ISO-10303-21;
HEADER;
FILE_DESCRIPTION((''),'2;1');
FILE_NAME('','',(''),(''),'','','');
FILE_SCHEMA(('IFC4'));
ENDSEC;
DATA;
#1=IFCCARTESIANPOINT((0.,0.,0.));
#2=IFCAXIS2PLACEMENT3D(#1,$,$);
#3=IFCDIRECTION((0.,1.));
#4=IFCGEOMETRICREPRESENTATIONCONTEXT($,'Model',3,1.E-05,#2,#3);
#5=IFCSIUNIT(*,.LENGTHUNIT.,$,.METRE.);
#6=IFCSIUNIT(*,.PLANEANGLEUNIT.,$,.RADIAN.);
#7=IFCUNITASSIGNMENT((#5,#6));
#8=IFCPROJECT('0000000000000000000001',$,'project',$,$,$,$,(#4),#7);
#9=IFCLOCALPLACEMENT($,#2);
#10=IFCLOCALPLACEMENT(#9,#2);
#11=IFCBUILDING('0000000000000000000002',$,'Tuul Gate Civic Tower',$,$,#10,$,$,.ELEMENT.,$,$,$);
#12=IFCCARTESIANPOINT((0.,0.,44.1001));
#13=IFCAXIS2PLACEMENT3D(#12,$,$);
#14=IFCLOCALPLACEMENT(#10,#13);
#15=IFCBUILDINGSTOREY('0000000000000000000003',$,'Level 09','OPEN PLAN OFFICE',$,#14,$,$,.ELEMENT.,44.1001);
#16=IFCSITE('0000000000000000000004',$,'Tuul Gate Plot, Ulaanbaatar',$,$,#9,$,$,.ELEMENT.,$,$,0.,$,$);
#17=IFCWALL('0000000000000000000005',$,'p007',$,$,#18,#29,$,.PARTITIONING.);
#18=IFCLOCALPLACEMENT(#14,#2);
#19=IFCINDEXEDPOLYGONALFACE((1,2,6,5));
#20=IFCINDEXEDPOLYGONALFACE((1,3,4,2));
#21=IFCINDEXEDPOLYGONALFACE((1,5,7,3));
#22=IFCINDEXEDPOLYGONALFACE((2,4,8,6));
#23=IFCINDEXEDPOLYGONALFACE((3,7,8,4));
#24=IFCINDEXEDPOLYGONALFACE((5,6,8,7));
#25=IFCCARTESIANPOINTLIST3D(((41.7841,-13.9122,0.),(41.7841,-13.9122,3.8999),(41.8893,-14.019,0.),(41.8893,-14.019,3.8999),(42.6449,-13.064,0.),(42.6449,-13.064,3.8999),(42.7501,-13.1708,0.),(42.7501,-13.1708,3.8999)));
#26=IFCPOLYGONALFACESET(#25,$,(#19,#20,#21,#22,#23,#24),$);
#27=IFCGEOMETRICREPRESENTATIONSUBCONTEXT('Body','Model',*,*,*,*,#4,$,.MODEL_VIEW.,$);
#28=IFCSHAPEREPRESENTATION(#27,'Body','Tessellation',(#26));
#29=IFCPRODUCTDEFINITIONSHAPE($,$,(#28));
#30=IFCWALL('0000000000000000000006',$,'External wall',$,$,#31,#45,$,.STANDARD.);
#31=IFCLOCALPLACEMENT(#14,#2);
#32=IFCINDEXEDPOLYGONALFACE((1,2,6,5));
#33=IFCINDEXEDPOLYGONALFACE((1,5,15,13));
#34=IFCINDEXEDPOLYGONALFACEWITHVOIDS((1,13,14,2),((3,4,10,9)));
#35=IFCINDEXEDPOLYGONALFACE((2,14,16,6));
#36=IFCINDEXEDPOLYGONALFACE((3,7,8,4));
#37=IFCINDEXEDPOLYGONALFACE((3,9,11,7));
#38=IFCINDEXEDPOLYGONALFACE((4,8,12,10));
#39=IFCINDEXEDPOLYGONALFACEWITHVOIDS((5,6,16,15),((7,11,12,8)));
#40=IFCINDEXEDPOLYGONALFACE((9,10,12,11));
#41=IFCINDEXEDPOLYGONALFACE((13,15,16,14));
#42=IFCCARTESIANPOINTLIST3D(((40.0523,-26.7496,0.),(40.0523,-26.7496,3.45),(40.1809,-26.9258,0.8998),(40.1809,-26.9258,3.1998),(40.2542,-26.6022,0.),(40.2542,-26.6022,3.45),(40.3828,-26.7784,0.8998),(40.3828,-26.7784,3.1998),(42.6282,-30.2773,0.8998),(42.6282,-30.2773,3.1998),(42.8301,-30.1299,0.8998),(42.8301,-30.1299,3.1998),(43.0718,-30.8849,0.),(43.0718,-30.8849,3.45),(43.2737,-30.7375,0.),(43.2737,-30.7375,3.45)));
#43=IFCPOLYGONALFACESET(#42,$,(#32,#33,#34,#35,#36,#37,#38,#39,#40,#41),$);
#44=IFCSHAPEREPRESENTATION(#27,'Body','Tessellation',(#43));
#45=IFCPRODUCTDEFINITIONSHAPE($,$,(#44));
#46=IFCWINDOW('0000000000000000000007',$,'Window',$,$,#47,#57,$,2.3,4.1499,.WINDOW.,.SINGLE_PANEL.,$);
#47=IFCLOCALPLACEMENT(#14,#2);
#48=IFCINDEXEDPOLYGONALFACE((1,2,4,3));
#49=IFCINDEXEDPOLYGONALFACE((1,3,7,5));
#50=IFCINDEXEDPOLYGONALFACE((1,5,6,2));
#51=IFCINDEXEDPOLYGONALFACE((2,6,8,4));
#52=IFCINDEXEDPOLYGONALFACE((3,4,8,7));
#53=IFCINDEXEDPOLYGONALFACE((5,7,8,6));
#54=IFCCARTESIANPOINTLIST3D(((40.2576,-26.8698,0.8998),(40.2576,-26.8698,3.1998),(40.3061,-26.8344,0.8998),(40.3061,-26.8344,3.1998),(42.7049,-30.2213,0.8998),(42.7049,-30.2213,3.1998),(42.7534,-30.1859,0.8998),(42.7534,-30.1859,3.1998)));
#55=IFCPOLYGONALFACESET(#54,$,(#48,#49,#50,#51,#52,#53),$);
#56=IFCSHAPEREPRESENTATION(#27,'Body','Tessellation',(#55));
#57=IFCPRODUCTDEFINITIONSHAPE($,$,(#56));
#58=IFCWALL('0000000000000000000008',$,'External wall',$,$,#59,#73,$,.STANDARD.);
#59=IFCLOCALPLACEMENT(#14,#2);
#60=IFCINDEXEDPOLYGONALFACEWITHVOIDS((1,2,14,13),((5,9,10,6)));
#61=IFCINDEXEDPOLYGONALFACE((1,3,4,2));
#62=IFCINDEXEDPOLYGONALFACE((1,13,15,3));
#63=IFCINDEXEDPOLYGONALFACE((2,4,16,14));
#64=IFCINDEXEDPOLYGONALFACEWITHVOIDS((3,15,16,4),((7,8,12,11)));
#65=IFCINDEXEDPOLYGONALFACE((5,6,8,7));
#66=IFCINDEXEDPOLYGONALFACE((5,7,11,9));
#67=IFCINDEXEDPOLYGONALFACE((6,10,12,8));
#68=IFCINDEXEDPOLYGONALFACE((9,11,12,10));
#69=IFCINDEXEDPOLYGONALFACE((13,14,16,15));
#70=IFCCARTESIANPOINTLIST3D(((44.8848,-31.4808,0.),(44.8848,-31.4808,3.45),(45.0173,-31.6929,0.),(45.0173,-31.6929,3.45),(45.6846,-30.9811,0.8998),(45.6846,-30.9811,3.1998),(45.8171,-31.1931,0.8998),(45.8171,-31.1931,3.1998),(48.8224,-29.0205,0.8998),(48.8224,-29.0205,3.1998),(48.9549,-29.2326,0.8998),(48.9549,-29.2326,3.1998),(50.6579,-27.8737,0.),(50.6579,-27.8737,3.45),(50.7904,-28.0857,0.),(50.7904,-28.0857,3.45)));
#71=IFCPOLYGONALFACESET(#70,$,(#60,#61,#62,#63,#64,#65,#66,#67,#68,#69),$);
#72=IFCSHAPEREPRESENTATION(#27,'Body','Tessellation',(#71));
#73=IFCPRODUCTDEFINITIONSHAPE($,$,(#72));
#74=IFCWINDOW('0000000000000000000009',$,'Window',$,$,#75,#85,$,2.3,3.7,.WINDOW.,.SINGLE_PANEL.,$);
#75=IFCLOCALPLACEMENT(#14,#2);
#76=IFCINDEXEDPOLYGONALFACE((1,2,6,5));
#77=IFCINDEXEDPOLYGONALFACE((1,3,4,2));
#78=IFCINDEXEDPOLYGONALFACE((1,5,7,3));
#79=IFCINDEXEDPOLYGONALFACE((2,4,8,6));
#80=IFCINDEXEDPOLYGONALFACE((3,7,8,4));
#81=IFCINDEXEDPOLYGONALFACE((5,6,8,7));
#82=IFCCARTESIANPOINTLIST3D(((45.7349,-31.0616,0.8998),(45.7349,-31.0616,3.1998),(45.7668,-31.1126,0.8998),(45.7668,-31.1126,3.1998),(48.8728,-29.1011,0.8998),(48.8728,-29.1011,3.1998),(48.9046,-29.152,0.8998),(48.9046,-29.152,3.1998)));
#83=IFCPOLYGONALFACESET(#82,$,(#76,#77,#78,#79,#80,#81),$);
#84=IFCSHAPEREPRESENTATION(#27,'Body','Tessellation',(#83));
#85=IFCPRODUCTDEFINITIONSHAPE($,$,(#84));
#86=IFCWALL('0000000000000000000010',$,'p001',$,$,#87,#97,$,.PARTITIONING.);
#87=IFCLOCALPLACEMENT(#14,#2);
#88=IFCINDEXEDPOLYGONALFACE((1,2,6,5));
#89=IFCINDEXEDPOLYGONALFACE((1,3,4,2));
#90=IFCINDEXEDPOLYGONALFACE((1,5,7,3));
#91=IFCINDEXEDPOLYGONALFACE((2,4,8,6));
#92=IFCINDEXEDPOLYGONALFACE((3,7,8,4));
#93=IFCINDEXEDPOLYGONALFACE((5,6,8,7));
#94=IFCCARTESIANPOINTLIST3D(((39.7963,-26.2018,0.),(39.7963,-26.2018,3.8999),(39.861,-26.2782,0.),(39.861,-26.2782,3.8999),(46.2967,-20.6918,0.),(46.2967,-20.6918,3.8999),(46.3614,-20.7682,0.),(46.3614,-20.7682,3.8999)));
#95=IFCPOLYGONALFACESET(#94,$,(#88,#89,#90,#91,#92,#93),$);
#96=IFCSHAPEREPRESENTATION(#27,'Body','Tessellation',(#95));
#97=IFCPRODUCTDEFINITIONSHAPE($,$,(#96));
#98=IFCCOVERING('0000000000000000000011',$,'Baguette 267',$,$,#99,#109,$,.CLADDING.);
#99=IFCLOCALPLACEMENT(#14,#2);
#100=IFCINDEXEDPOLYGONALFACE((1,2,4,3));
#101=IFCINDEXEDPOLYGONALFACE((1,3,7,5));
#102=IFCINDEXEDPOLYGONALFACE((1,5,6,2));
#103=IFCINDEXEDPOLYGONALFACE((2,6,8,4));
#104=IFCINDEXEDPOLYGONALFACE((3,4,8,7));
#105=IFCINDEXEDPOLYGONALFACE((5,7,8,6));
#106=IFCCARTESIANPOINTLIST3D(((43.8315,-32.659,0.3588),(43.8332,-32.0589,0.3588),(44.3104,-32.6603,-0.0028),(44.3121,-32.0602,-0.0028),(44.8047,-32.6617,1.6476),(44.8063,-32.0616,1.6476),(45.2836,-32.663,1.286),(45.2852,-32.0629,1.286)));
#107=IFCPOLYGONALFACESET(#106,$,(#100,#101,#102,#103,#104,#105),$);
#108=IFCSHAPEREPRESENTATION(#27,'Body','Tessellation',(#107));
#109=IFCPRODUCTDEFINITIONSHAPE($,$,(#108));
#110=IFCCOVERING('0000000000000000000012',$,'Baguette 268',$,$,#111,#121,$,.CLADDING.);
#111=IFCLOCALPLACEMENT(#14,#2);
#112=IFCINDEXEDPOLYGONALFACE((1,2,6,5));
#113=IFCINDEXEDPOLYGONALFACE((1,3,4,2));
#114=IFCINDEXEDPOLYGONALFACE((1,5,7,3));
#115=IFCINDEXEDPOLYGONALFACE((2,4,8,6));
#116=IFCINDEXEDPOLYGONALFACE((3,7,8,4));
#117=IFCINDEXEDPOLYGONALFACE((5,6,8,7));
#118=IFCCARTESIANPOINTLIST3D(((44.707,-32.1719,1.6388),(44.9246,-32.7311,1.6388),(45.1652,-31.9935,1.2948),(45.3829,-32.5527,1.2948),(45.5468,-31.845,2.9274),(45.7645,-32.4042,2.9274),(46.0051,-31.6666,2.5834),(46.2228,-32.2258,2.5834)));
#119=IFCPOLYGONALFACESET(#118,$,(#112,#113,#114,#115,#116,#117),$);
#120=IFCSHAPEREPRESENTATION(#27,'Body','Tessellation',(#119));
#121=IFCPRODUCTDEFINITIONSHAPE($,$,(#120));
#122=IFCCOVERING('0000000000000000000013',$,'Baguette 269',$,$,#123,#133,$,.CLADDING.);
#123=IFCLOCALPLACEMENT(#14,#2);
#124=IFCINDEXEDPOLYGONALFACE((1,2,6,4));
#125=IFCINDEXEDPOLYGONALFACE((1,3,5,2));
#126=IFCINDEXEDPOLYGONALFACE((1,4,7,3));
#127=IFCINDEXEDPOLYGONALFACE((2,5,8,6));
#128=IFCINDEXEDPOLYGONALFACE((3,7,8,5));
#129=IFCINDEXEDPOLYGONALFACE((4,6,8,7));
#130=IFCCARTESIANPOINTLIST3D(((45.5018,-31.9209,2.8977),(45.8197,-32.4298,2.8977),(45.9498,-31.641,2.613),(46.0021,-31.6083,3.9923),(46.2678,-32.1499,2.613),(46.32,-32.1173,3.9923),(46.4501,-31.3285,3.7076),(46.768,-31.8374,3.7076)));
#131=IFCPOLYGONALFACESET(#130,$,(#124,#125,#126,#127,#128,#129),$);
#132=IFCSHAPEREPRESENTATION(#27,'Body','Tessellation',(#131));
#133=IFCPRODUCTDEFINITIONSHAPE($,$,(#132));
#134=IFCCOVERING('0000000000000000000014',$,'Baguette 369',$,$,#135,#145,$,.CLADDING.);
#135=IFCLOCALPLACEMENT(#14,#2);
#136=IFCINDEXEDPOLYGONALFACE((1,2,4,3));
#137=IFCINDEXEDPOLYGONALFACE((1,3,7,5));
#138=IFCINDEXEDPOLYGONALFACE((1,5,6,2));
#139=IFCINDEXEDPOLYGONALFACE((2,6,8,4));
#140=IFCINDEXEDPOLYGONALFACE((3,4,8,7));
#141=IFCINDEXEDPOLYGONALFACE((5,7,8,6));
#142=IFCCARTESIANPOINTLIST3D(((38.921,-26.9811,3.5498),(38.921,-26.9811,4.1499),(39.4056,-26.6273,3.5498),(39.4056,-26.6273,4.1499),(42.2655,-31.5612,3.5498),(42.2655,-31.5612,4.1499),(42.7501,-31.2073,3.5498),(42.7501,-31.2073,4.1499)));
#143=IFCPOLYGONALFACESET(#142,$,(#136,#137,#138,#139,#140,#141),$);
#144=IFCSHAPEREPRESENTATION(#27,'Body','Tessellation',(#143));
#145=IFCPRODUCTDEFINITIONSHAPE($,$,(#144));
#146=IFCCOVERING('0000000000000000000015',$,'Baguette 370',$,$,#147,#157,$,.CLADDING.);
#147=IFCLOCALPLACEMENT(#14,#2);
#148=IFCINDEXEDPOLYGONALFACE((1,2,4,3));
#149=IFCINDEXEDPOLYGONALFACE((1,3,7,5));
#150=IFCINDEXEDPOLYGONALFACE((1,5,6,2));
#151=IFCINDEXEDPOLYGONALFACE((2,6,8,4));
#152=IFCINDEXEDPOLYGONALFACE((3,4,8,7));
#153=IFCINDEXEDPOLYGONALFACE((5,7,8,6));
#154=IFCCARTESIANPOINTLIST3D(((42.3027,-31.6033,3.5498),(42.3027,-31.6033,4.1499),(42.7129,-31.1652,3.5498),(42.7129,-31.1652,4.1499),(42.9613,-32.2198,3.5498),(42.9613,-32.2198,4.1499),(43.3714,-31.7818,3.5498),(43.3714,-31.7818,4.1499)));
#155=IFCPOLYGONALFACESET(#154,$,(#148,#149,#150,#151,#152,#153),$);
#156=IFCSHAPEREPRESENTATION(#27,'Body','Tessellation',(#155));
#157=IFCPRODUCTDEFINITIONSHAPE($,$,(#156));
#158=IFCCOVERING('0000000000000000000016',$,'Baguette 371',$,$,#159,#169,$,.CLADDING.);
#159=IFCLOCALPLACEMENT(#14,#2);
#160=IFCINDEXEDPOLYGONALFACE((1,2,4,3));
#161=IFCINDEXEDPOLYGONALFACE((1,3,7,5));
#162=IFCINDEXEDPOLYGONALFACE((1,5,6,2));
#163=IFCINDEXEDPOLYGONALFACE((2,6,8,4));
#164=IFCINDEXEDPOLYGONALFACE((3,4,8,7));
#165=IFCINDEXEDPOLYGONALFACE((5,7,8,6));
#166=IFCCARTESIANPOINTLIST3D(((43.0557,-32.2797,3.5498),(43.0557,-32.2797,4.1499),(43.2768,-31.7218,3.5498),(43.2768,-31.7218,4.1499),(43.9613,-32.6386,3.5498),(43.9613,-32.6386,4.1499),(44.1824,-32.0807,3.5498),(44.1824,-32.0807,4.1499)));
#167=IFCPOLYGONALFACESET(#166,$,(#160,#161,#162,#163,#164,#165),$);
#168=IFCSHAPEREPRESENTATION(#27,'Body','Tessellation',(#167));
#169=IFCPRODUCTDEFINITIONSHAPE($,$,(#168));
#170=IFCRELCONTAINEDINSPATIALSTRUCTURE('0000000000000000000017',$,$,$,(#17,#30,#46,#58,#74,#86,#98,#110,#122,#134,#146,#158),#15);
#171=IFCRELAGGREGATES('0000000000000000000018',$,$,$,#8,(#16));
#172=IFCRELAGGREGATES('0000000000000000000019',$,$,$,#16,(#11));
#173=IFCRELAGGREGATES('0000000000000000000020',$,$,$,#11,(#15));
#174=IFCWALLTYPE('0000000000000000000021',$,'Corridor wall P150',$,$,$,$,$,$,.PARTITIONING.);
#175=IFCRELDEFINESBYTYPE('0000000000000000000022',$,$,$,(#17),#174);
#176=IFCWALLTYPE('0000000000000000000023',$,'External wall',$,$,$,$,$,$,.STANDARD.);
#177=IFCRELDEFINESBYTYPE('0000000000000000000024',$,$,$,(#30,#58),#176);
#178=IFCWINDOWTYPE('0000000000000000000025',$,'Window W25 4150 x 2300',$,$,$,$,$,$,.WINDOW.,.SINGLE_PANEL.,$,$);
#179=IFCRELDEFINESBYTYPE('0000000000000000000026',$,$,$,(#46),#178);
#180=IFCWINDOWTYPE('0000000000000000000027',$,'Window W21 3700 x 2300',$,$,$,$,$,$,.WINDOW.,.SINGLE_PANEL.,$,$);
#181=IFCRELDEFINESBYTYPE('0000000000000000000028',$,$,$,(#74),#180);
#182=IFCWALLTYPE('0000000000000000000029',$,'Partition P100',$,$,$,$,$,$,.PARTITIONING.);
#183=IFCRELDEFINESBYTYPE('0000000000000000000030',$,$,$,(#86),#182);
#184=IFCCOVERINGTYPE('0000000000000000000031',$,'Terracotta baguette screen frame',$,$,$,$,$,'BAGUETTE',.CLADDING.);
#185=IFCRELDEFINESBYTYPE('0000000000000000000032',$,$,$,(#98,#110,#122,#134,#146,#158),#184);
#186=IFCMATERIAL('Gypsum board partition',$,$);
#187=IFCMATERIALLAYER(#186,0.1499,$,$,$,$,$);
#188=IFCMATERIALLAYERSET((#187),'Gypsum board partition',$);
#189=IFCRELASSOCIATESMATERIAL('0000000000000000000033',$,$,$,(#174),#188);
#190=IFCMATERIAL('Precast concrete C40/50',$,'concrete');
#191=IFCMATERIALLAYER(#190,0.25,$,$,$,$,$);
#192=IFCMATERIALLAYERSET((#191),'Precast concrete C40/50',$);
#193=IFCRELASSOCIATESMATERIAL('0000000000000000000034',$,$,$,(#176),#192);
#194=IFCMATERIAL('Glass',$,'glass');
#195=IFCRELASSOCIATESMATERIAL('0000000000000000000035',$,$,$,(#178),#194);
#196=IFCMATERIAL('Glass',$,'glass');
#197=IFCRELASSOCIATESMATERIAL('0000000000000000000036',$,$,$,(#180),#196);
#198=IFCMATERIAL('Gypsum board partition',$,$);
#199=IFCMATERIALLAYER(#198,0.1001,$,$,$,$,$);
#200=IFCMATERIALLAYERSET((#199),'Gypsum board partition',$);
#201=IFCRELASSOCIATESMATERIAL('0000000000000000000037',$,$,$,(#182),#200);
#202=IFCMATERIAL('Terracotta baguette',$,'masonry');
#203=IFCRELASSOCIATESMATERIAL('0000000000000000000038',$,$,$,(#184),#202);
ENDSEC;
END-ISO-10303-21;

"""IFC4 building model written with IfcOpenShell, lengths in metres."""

from ifc_helpers import new_model, si_unit, direction, frame, frame_2d, origin, origin_2d, place, context, subcontext, project, spatial, rectangle, extrude, material, layer, layer_set, material_profile, profile_set, type_object, element, fill, save


model = new_model("IFC4")

# Units and contexts
model_context = context("Model", 3, precision=1e-05, world=origin(), true_north=direction((0.0, 1.0)))
body_context = subcontext(model_context, "Body", "Model", "MODEL_VIEW")
ifc_project = project(units=[si_unit("LENGTHUNIT", "METRE"), si_unit("PLANEANGLEUNIT", "RADIAN")], contexts=[model_context])

# Site, building, storey
site_placement = place(None, origin())
site = spatial("IfcSite", under=ifc_project, at=site_placement, Name="Tuul Gate Plot, Ulaanbaatar", CompositionType="ELEMENT", RefElevation=0.0)
building_placement = place(site_placement, origin())
building = spatial("IfcBuilding", under=site, at=building_placement, Name="Tuul Gate Civic Tower", CompositionType="ELEMENT")
storey_placement = place(building_placement, frame((0.0, 0.0, 44.1001)))
storey = spatial("IfcBuildingStorey", under=building, at=storey_placement, Name="Level 09", Description="OPEN PLAN OFFICE", CompositionType="ELEMENT", Elevation=44.1001)

# Shared definitions
ifc_material_1 = material(Name="Gypsum board partition")
ifc_layer_1 = layer(ifc_material_1, 0.1499)
ifc_layer_set_1 = layer_set([ifc_layer_1], Name="Gypsum board partition")
wall_type_1 = type_object("IfcWallType", Name="Corridor wall P150", PredefinedType="PARTITIONING", material=ifc_layer_set_1)

# Wall
wall_1_placement = place(storey_placement, frame((41.8367, -13.9656, 0.0), z_axis=(0.0, 0.0, 1.0), x_axis=(0.71234, 0.701835, 0.0)))
element("IfcWall", 1, at=wall_1_placement, inside=storey, type_object=wall_type_1, Name="p007", PredefinedType="PARTITIONING", context=body_context, shape_type="SweptSolid", body=[
    extrude(rectangle(XDim=1.2085, YDim=0.1499, at=frame_2d((0.6042, 0.0))), origin(), (0.0, 0.0, 1.0), 3.8999),
])

# Walls, openings, windows
ifc_material_2 = material(Name="Precast concrete C40/50", Category="concrete")
ifc_layer_2 = layer(ifc_material_2, 0.25)
ifc_layer_set_2 = layer_set([ifc_layer_2], Name="Precast concrete C40/50")
wall_type_2 = type_object("IfcWallType", Name="External wall", PredefinedType="STANDARD", material=ifc_layer_set_2)
wall_2_placement = place(storey_placement, frame((40.1533, -26.676, 0.0), z_axis=(0.0, 0.0, 1.0), x_axis=(0.589713, -0.807613, 0.0)))
wall_2 = element("IfcWall", 2, at=wall_2_placement, inside=storey, type_object=wall_type_2, Name="External wall", PredefinedType="STANDARD", context=body_context, shape_type="SweptSolid", body=[
    extrude(rectangle(XDim=5.1204, YDim=0.25, at=frame_2d((2.5601, 0.0))), origin(), (0.0, 0.0, 1.0), 3.45),
])
opening_1_placement = place(wall_2_placement, frame((0.218, 0.0, 0.8999)))
opening_1 = element("IfcOpeningElement", 3, at=opening_1_placement, cuts=wall_2, PredefinedType="OPENING", context=body_context, shape_type="SweptSolid", body=[
    extrude(rectangle(XDim=4.1499, YDim=2.3, at=frame_2d((2.075, 1.1499))), frame((0.0, 0.135, 0.0), z_axis=(0.0, -1.0, 0.0), x_axis=(1.0, 0.0, 0.0)), (0.0, 0.0, 1.0), 0.27),
])
ifc_material_3 = material(Name="Glass", Category="glass")
window_type_1 = type_object("IfcWindowType", Name="Window W25 4150 x 2300", PartitioningType="SINGLE_PANEL", PredefinedType="WINDOW", material=ifc_material_3)
window_1_placement = place(opening_1_placement, origin())
window_1 = element("IfcWindow", 4, at=window_1_placement, inside=storey, type_object=window_type_1, Name="Window", OverallHeight=2.3, OverallWidth=4.1499, PartitioningType="SINGLE_PANEL", PredefinedType="WINDOW", context=body_context, shape_type="SweptSolid", body=[
    extrude(rectangle(XDim=4.1499, YDim=2.3, at=frame_2d((2.075, 1.1499))), frame((0.0, 0.03, 0.0), z_axis=(0.0, -1.0, 0.0), x_axis=(1.0, 0.0, 0.0)), (0.0, 0.0, 1.0), 0.0601),
])
fill(opening_1, window_1)
wall_3_placement = place(storey_placement, frame((44.9509, -31.5869, 0.0), z_axis=(0.0, 0.0, 1.0), x_axis=(0.848069, 0.529886, 0.0)))
wall_3 = element("IfcWall", 5, at=wall_3_placement, inside=storey, type_object=wall_type_2, Name="External wall", PredefinedType="STANDARD", context=body_context, shape_type="SweptSolid", body=[
    extrude(rectangle(XDim=6.8074, YDim=0.25, at=frame_2d((3.4038, 0.0))), origin(), (0.0, 0.0, 1.0), 3.45),
])
opening_2_placement = place(wall_3_placement, frame((0.9431, 0.0, 0.8999)))
opening_2 = element("IfcOpeningElement", 6, at=opening_2_placement, cuts=wall_3, PredefinedType="OPENING", context=body_context, shape_type="SweptSolid", body=[
    extrude(rectangle(XDim=3.7, YDim=2.3, at=frame_2d((1.8501, 1.1499))), frame((0.0, 0.135, 0.0), z_axis=(0.0, -1.0, 0.0), x_axis=(1.0, 0.0, 0.0)), (0.0, 0.0, 1.0), 0.27),
])
ifc_material_4 = material(Name="Glass", Category="glass")
window_type_2 = type_object("IfcWindowType", Name="Window W21 3700 x 2300", PartitioningType="SINGLE_PANEL", PredefinedType="WINDOW", material=ifc_material_4)
window_2_placement = place(opening_2_placement, origin())
window_2 = element("IfcWindow", 7, at=window_2_placement, inside=storey, type_object=window_type_2, Name="Window", OverallHeight=2.3, OverallWidth=3.7, PartitioningType="SINGLE_PANEL", PredefinedType="WINDOW", context=body_context, shape_type="SweptSolid", body=[
    extrude(rectangle(XDim=3.7, YDim=2.3, at=frame_2d((1.8501, 1.1499))), frame((0.0, 0.03, 0.0), z_axis=(0.0, -1.0, 0.0), x_axis=(1.0, 0.0, 0.0)), (0.0, 0.0, 1.0), 0.0601),
])
fill(opening_2, window_2)

# Wall
ifc_material_5 = material(Name="Gypsum board partition")
ifc_layer_3 = layer(ifc_material_5, 0.1001)
ifc_layer_set_3 = layer_set([ifc_layer_3], Name="Gypsum board partition")
wall_type_3 = type_object("IfcWallType", Name="Partition P100", PredefinedType="PARTITIONING", material=ifc_layer_set_3)
wall_4_placement = place(storey_placement, frame((39.8286, -26.24, 0.0), z_axis=(0.0, 0.0, 1.0), x_axis=(0.762831, 0.646598, 0.0)))
element("IfcWall", 8, at=wall_4_placement, inside=storey, type_object=wall_type_3, Name="p001", PredefinedType="PARTITIONING", context=body_context, shape_type="SweptSolid", body=[
    extrude(rectangle(XDim=8.5215, YDim=0.1001, at=frame_2d((4.2607, 0.0))), origin(), (0.0, 0.0, 1.0), 3.8999),
])

# Coverings
ifc_material_6 = material(Name="Terracotta baguette", Category="masonry")
ifc_material_profile_1 = material_profile(ifc_material_6, rectangle(XDim=0.6001, YDim=0.6001, at=origin_2d()), Name="Terracotta baguette screen frame")
ifc_profile_set_1 = profile_set([ifc_material_profile_1], Name="Terracotta baguette")
covering_type = type_object("IfcCoveringType", Name="Terracotta baguette screen frame", ElementType="BAGUETTE", PredefinedType="CLADDING", material=ifc_profile_set_1)
covering_1_placement = place(storey_placement, frame((44.0718, -32.3596, 0.178), z_axis=(0.602584, -0.001663, 0.798054), x_axis=(0.00276, 0.999996, 0.0)))
element("IfcCovering", 9, at=covering_1_placement, inside=storey, type_object=covering_type, Name="Baguette 267", PredefinedType="CLADDING", context=body_context, shape_type="SweptSolid", body=[
    extrude(rectangle(XDim=0.6001, YDim=0.6001, at=origin_2d()), origin(), (0.0, 0.0, 1.0), 1.615),
])
covering_2_placement = place(storey_placement, frame((45.0449, -32.3623, 1.4668), z_axis=(0.534096, 0.207894, 0.819464), x_axis=(-0.362734, 0.931893, 0.0)))
element("IfcCovering", 10, at=covering_2_placement, inside=storey, type_object=covering_type, Name="Baguette 268", PredefinedType="CLADDING", context=body_context, shape_type="SweptSolid", body=[
    extrude(rectangle(XDim=0.6001, YDim=0.6001, at=origin_2d()), origin(), (0.0, 0.0, 1.0), 1.5725),
])
covering_3_placement = place(storey_placement, frame((45.8848, -32.0354, 2.7554), z_axis=(0.402352, 0.251347, 0.880305), x_axis=(-0.529813, 0.848115, 0.0)))
element("IfcCovering", 11, at=covering_3_placement, inside=storey, type_object=covering_type, Name="Baguette 269", PredefinedType="CLADDING", context=body_context, shape_type="SweptSolid", body=[
    extrude(rectangle(XDim=0.6001, YDim=0.6001, at=origin_2d()), origin(), (0.0, 0.0, 1.0), 1.2434),
])
covering_4_placement = place(storey_placement, frame((39.1633, -26.8042, 3.8499), z_axis=(0.589729, -0.807601, 0.0), x_axis=(0.807601, 0.589729, 0.0)))
element("IfcCovering", 12, at=covering_4_placement, inside=storey, type_object=covering_type, Name="Baguette 369", PredefinedType="CLADDING", context=body_context, shape_type="SweptSolid", body=[
    extrude(rectangle(XDim=0.6001, YDim=0.6001, at=origin_2d()), origin(), (0.0, 0.0, 1.0), 5.6711),
])
covering_5_placement = place(storey_placement, frame((42.5078, -31.3843, 3.8499), z_axis=(0.730001, -0.683446, 0.0), x_axis=(0.683446, 0.730001, 0.0)))
element("IfcCovering", 13, at=covering_5_placement, inside=storey, type_object=covering_type, Name="Baguette 370", PredefinedType="CLADDING", context=body_context, shape_type="SweptSolid", body=[
    extrude(rectangle(XDim=0.6001, YDim=0.6001, at=origin_2d()), origin(), (0.0, 0.0, 1.0), 0.9021),
])
covering_6_placement = place(storey_placement, frame((43.1663, -32.0007, 3.8499), z_axis=(0.929647, -0.36845, 0.0), x_axis=(0.36845, 0.929647, 0.0)))
element("IfcCovering", 14, at=covering_6_placement, inside=storey, type_object=covering_type, Name="Baguette 371", PredefinedType="CLADDING", context=body_context, shape_type="SweptSolid", body=[
    extrude(rectangle(XDim=0.6001, YDim=0.6001, at=origin_2d()), origin(), (0.0, 0.0, 1.0), 0.9741),
])

save(model, "model.ifc")
